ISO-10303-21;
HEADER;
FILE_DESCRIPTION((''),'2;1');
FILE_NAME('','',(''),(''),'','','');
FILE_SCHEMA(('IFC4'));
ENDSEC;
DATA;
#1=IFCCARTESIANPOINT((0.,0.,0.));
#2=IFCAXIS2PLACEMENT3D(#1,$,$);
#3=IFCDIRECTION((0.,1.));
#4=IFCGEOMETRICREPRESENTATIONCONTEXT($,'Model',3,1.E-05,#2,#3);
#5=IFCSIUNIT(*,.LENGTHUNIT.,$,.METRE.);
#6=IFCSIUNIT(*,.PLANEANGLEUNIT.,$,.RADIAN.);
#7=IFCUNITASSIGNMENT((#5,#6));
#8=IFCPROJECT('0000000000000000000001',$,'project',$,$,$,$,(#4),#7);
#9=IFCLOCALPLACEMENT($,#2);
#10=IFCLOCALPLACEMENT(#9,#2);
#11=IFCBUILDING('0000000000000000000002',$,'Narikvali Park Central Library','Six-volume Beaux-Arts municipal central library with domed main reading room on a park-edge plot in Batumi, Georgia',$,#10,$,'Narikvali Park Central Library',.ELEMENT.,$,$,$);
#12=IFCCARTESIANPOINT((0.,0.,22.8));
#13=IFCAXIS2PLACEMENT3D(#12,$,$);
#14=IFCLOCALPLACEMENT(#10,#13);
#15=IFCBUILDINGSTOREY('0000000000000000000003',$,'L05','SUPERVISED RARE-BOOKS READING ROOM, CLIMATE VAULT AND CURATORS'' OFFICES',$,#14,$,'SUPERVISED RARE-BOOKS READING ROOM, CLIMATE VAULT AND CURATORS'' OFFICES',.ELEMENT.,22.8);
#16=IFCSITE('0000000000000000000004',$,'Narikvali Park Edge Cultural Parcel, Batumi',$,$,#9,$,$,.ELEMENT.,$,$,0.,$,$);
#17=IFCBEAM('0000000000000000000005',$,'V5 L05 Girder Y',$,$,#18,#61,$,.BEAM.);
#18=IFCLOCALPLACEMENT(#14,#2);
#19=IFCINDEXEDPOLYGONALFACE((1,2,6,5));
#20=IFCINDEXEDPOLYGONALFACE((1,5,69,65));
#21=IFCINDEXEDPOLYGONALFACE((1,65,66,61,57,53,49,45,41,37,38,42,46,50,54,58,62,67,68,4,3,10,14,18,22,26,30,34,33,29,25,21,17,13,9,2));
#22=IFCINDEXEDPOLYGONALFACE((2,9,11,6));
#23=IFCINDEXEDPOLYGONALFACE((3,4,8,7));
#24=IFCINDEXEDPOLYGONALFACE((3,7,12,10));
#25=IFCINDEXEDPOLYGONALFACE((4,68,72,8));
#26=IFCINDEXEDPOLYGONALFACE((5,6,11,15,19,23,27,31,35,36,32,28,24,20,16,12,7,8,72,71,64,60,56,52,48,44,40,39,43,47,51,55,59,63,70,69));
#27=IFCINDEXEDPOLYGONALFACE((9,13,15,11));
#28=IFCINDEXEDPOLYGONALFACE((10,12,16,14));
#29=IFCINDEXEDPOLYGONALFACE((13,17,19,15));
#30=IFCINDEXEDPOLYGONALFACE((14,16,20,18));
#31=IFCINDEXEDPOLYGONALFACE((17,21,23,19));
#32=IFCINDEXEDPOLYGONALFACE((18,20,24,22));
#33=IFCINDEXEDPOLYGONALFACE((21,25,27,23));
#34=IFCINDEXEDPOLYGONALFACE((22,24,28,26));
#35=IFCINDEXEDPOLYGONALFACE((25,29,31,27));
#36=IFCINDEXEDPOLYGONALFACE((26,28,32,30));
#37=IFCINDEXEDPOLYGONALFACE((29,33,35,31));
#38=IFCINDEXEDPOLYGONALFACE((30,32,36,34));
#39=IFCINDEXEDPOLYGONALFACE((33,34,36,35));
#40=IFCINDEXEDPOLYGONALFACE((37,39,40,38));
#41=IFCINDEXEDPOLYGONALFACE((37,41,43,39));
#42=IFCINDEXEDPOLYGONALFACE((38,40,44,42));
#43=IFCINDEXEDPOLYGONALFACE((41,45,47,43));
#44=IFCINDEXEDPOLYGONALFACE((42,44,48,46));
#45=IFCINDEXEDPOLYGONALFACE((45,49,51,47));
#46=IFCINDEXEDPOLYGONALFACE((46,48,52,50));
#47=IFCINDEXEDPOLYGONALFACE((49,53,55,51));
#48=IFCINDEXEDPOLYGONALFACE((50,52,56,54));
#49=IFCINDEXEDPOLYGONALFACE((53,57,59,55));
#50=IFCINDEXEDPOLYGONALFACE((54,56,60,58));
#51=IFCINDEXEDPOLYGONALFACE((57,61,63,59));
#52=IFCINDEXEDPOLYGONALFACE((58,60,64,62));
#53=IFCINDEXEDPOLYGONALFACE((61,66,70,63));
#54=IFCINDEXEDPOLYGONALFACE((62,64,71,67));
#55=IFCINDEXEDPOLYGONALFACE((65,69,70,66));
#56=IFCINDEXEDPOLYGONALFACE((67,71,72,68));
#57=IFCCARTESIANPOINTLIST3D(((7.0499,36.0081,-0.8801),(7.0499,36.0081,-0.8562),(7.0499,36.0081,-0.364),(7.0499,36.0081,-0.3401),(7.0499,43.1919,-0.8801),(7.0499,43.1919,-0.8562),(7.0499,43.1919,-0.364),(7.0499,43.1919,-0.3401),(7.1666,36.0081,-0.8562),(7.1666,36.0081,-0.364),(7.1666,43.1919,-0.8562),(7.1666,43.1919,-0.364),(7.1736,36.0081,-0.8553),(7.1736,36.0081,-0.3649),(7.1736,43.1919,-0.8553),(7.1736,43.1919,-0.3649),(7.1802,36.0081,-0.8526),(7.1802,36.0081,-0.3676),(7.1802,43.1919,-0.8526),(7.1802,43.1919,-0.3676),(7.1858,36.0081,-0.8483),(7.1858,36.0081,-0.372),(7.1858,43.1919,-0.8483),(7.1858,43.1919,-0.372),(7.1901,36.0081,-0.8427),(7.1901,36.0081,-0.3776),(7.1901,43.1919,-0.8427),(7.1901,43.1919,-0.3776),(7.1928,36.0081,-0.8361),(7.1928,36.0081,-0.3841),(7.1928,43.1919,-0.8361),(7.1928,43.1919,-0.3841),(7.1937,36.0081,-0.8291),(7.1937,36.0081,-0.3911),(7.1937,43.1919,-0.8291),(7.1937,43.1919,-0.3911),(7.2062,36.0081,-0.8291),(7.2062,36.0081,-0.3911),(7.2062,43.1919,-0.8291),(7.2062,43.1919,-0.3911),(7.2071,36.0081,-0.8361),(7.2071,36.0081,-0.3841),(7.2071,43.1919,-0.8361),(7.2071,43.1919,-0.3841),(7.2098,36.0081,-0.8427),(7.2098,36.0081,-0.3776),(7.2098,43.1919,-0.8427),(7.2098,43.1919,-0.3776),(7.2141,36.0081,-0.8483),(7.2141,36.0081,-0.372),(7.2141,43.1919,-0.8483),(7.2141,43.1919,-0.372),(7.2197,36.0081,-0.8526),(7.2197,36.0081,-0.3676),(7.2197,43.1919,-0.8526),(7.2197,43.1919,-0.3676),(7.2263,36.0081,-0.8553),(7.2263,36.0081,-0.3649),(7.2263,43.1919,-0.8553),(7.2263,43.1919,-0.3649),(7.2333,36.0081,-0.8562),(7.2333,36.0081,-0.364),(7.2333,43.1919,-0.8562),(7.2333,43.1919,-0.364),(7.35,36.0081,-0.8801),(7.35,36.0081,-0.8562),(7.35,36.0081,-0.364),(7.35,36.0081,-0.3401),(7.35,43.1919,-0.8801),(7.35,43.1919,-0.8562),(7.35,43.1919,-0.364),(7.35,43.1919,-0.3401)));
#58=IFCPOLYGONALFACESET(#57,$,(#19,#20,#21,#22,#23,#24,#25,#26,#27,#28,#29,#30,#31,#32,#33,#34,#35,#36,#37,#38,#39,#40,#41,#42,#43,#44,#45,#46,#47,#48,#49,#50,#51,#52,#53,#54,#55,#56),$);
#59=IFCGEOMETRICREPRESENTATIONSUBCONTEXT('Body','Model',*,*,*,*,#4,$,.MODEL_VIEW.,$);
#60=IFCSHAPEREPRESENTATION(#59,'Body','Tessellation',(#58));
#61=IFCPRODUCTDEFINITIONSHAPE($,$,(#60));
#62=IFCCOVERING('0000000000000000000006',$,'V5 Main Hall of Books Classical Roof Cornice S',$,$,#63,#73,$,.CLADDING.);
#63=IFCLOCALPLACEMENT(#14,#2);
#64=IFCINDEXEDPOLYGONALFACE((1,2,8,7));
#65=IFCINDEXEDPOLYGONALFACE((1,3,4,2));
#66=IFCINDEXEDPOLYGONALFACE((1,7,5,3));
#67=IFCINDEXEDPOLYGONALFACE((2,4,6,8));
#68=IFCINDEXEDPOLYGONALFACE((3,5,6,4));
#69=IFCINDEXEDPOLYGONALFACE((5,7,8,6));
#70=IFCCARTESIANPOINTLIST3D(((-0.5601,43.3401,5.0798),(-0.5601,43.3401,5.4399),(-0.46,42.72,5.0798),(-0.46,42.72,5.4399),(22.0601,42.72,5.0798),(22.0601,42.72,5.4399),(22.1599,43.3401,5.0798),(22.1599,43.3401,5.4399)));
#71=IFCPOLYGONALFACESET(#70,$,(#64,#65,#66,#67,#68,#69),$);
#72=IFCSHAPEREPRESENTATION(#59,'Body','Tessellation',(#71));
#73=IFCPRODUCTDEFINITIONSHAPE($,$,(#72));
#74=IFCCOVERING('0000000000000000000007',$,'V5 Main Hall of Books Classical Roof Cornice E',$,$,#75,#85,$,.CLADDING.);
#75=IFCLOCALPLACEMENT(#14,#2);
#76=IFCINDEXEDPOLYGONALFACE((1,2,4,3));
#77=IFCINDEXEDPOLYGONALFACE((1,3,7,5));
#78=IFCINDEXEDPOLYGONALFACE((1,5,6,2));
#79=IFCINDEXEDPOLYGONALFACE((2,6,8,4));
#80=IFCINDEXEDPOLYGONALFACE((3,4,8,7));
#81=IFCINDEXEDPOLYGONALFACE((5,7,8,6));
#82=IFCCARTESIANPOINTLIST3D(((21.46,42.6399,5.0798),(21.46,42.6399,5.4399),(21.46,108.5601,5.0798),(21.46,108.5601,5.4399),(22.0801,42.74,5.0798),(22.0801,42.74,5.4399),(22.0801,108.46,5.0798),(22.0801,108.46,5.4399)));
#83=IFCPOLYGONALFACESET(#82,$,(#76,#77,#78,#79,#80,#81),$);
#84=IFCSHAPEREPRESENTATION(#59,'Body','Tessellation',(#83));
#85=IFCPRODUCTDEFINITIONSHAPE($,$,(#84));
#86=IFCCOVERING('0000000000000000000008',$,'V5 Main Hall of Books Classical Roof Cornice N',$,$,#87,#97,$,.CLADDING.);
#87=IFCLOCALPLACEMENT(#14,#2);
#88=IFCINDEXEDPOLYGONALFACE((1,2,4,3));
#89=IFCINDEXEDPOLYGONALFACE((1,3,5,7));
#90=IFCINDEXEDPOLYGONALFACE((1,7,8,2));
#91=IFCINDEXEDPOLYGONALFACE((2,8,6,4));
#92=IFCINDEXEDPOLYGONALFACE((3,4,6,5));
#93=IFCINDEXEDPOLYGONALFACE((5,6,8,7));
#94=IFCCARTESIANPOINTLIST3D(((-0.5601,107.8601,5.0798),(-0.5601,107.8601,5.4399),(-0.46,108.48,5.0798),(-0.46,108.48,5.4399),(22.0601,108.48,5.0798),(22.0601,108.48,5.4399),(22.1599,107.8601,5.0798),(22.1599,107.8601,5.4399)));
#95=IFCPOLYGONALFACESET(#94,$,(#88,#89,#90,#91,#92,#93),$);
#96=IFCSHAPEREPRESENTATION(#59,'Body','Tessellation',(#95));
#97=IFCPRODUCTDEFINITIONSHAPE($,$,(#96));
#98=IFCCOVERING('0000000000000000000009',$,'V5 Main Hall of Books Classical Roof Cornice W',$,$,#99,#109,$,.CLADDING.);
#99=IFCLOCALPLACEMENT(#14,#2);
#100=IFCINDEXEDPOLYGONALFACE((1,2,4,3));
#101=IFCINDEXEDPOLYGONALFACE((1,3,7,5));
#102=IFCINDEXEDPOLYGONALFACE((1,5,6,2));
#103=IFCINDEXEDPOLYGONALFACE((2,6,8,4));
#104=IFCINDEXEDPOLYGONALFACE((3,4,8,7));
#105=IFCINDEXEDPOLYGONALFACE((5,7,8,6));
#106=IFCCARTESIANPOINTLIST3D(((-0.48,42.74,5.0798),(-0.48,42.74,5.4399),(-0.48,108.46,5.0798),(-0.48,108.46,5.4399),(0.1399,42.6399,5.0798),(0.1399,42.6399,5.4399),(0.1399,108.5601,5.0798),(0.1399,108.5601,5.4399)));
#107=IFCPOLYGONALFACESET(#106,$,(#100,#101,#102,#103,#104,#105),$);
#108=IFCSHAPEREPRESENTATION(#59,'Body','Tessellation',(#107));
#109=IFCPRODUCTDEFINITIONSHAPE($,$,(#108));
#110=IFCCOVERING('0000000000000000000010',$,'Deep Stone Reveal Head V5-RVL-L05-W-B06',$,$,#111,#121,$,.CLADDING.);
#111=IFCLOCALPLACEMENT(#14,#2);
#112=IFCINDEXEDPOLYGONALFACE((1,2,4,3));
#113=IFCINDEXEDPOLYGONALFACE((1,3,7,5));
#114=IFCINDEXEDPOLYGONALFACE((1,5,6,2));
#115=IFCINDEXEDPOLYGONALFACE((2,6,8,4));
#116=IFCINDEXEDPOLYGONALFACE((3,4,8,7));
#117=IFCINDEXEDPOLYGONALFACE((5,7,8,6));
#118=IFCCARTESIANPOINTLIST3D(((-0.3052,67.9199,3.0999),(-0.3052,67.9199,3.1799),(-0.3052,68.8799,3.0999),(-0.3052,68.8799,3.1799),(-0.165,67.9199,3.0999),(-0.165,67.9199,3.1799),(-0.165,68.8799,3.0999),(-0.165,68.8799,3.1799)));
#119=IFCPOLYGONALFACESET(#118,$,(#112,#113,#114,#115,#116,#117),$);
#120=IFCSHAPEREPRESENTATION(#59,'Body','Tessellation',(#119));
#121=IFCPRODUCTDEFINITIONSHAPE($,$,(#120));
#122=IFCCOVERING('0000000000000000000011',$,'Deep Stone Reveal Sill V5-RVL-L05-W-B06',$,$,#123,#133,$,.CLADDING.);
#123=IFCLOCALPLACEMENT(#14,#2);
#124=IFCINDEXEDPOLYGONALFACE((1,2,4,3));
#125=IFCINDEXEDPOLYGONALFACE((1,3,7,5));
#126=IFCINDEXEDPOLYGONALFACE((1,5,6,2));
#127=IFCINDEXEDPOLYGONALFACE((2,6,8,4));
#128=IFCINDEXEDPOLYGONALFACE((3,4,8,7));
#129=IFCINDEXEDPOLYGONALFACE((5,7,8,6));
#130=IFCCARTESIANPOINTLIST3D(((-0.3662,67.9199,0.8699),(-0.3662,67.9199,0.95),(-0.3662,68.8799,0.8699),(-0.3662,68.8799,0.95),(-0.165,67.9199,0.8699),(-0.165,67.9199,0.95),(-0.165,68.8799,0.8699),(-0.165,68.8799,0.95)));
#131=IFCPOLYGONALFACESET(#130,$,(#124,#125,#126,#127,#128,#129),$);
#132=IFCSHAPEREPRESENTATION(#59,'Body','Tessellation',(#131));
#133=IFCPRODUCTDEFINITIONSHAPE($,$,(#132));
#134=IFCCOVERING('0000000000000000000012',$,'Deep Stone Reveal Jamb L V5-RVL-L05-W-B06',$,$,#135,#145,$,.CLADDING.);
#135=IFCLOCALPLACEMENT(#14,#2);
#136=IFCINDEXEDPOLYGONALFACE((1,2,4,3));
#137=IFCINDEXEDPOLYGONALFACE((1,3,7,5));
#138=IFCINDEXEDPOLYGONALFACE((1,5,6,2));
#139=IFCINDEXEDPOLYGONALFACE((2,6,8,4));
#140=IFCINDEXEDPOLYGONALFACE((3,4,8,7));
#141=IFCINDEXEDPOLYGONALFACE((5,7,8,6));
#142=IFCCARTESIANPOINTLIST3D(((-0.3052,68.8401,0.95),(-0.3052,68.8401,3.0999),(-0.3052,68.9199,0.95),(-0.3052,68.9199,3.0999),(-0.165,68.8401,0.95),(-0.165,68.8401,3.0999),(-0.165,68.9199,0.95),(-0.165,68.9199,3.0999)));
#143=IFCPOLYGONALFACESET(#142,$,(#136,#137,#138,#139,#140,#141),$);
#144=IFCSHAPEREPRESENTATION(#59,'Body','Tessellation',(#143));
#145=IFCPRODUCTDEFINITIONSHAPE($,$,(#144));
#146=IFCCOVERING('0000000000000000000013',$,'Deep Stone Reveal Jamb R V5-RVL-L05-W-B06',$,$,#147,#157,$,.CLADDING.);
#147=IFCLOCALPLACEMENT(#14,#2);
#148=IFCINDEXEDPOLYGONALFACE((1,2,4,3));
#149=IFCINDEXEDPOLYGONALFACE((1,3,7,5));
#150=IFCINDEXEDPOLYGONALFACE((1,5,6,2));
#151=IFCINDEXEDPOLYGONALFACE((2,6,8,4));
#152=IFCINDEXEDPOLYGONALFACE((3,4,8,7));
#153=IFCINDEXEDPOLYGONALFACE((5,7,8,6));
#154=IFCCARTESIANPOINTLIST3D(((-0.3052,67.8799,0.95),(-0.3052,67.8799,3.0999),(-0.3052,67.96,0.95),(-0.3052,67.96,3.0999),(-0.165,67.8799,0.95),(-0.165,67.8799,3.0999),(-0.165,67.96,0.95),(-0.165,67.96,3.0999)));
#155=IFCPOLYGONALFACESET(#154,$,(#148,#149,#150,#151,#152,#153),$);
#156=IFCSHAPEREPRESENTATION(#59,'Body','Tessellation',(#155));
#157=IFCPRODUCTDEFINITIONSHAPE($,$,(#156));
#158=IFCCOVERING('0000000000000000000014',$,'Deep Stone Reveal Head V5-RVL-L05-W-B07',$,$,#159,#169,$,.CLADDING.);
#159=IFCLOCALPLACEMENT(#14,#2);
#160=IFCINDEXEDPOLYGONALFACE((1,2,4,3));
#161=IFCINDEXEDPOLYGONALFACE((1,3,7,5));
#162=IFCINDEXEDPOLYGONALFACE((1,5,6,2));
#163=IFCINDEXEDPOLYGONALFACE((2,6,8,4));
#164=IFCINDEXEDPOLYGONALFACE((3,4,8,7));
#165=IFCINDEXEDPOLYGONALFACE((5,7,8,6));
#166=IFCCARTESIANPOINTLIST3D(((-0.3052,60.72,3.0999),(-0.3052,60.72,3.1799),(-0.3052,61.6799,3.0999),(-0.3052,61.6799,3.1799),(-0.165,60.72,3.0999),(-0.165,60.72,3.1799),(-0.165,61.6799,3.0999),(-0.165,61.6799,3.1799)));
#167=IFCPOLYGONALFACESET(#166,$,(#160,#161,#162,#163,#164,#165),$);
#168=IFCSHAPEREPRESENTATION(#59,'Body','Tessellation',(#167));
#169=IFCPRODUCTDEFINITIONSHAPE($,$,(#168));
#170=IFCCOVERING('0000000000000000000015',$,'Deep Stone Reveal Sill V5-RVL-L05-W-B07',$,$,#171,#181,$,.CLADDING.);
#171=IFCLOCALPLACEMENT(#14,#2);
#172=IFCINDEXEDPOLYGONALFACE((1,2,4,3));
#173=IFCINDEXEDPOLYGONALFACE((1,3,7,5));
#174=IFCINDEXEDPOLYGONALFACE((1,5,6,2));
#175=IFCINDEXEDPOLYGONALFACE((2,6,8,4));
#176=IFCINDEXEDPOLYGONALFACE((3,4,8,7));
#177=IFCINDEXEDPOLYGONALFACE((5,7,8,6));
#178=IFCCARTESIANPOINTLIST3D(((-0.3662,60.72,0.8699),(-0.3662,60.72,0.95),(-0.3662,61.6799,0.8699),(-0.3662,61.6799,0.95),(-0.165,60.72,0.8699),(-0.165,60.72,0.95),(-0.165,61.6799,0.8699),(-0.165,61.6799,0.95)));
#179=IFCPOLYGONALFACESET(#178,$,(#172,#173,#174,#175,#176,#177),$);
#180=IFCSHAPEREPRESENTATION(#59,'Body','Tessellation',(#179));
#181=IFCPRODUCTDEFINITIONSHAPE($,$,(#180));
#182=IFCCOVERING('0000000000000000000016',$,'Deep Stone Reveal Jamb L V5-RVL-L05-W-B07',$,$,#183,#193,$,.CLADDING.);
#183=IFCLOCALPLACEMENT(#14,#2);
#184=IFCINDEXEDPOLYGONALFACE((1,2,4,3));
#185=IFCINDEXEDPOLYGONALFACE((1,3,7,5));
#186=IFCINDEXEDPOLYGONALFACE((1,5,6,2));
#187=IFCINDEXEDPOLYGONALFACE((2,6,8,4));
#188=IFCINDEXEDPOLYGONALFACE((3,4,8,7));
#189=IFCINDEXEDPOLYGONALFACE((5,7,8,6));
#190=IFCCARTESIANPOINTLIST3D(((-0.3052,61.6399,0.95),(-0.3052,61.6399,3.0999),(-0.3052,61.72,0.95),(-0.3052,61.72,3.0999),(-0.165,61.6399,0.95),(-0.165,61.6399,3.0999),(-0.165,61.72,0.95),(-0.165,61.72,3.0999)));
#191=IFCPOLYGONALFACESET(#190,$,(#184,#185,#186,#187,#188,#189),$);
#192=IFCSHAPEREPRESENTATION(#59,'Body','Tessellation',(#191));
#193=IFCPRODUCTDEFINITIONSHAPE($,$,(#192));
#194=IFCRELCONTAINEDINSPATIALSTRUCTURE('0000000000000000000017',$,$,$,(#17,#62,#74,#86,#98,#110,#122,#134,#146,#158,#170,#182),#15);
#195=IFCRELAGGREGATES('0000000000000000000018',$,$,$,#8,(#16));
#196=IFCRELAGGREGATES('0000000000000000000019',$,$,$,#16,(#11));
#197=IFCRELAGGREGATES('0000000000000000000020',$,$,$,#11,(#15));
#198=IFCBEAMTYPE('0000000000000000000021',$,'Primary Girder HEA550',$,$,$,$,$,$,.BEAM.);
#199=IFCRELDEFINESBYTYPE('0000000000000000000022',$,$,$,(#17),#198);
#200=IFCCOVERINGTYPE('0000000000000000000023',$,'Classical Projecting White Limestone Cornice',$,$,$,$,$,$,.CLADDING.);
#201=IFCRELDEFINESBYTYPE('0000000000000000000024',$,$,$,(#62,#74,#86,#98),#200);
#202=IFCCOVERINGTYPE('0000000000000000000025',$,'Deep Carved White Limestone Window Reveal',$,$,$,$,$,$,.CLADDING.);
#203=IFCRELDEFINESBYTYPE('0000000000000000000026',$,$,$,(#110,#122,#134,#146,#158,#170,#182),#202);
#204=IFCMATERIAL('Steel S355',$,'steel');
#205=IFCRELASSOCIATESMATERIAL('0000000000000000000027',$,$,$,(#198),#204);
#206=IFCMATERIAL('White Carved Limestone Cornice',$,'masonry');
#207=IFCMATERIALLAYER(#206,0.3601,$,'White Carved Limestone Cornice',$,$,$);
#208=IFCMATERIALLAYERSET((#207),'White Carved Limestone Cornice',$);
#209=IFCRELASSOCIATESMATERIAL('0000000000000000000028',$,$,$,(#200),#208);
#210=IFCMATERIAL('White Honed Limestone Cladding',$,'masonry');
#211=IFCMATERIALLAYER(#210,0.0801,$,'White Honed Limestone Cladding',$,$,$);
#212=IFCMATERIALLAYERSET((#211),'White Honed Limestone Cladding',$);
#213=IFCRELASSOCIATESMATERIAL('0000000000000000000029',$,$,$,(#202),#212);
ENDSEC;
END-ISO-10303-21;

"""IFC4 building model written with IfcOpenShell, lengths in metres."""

from ifc_helpers import new_model, si_unit, direction, frame, origin, origin_2d, place, context, subcontext, project, spatial, polyline, i_section, outline, extrude, material, layer, layer_set, material_profile, profile_set, type_object, element, save


model = new_model("IFC4")

# Units and contexts
model_context = context("Model", 3, precision=1e-05, world=origin(), true_north=direction((0.0, 1.0)))
body_context = subcontext(model_context, "Body", "Model", "MODEL_VIEW")
ifc_project = project(units=[si_unit("LENGTHUNIT", "METRE"), si_unit("PLANEANGLEUNIT", "RADIAN")], contexts=[model_context])

# Site, building, storey
site_placement = place(None, origin())
site = spatial("IfcSite", under=ifc_project, at=site_placement, Name="Narikvali Park Edge Cultural Parcel, Batumi", CompositionType="ELEMENT", RefElevation=0.0)
building_placement = place(site_placement, origin())
building = spatial("IfcBuilding", under=site, at=building_placement, Name="Narikvali Park Central Library", Description="Six-volume Beaux-Arts municipal central library with domed main reading room on a park-edge plot in Batumi, Georgia", LongName="Narikvali Park Central Library", CompositionType="ELEMENT")
storey_placement = place(building_placement, frame((0.0, 0.0, 22.8)))
storey = spatial("IfcBuildingStorey", under=building, at=storey_placement, Name="L05", Description="SUPERVISED RARE-BOOKS READING ROOM, CLIMATE VAULT AND CURATORS' OFFICES", LongName="SUPERVISED RARE-BOOKS READING ROOM, CLIMATE VAULT AND CURATORS' OFFICES", CompositionType="ELEMENT", Elevation=22.8)

# Beam
ifc_material_1 = material(Name="Steel S355", Category="steel")
ifc_material_profile_1 = material_profile(ifc_material_1, i_section(OverallWidth=0.3, OverallDepth=0.54, WebThickness=0.0125, FlangeThickness=0.0239, FilletRadius=0.0271, at=origin_2d()), Name="HEA 550")
ifc_profile_set_1 = profile_set([ifc_material_profile_1], Name="Steel S355")
beam_type_1 = type_object("IfcBeamType", Name="Primary Girder HEA550", PredefinedType="BEAM", material=ifc_profile_set_1)
beam_1_placement = place(storey_placement, frame((7.2, 36.0081, -0.6101), z_axis=(0.0, 1.0, 0.0), x_axis=(-1.0, 0.0, 0.0)))
element("IfcBeam", 1, at=beam_1_placement, inside=storey, type_object=beam_type_1, Name="V5 L05 Girder Y", PredefinedType="BEAM", context=body_context, shape_type="SweptSolid", body=[
    extrude(i_section(OverallWidth=0.3, OverallDepth=0.54, WebThickness=0.0125, FlangeThickness=0.0239, FilletRadius=0.0271, at=origin_2d()), origin(), (0.0, 0.0, 1.0), 7.1838),
])

# Coverings
ifc_material_2 = material(Name="White Carved Limestone Cornice", Category="masonry")
ifc_layer_1 = layer(ifc_material_2, 0.3601, Name="White Carved Limestone Cornice")
ifc_layer_set_1 = layer_set([ifc_layer_1], Name="White Carved Limestone Cornice")
covering_type_1 = type_object("IfcCoveringType", Name="Classical Projecting White Limestone Cornice", PredefinedType="CLADDING", material=ifc_layer_set_1)
covering_1_placement = place(storey_placement, frame((0.0, 0.0, 5.0798)))
element("IfcCovering", 2, at=covering_1_placement, inside=storey, type_object=covering_type_1, Name="V5 Main Hall of Books Classical Roof Cornice S", PredefinedType="CLADDING", context=body_context, shape_type="SweptSolid", body=[
    extrude(outline(polyline([(-0.5601, 43.3401), (22.1599, 43.3401), (22.0601, 42.72), (-0.46, 42.72), (-0.5601, 43.3401)])), origin(), (0.0, 0.0, 1.0), 0.3601),
])
covering_2_placement = place(storey_placement, frame((0.0, 0.0, 5.0798)))
element("IfcCovering", 3, at=covering_2_placement, inside=storey, type_object=covering_type_1, Name="V5 Main Hall of Books Classical Roof Cornice E", PredefinedType="CLADDING", context=body_context, shape_type="SweptSolid", body=[
    extrude(outline(polyline([(21.46, 42.6399), (21.46, 108.5601), (22.0801, 108.46), (22.0801, 42.74), (21.46, 42.6399)])), origin(), (0.0, 0.0, 1.0), 0.3601),
])
covering_3_placement = place(storey_placement, frame((0.0, 0.0, 5.0798)))
element("IfcCovering", 4, at=covering_3_placement, inside=storey, type_object=covering_type_1, Name="V5 Main Hall of Books Classical Roof Cornice N", PredefinedType="CLADDING", context=body_context, shape_type="SweptSolid", body=[
    extrude(outline(polyline([(22.1599, 107.8601), (-0.5601, 107.8601), (-0.46, 108.48), (22.0601, 108.48), (22.1599, 107.8601)])), origin(), (0.0, 0.0, 1.0), 0.3601),
])
covering_4_placement = place(storey_placement, frame((0.0, 0.0, 5.0798)))
element("IfcCovering", 5, at=covering_4_placement, inside=storey, type_object=covering_type_1, Name="V5 Main Hall of Books Classical Roof Cornice W", PredefinedType="CLADDING", context=body_context, shape_type="SweptSolid", body=[
    extrude(outline(polyline([(0.1399, 108.5601), (0.1399, 42.6399), (-0.48, 42.74), (-0.48, 108.46), (0.1399, 108.5601)])), origin(), (0.0, 0.0, 1.0), 0.3601),
])
ifc_material_3 = material(Name="White Honed Limestone Cladding", Category="masonry")
ifc_layer_2 = layer(ifc_material_3, 0.0801, Name="White Honed Limestone Cladding")
ifc_layer_set_2 = layer_set([ifc_layer_2], Name="White Honed Limestone Cladding")
covering_type_2 = type_object("IfcCoveringType", Name="Deep Carved White Limestone Window Reveal", PredefinedType="CLADDING", material=ifc_layer_set_2)
covering_5_placement = place(storey_placement, frame((0.0, 0.0, 3.0999)))
element("IfcCovering", 6, at=covering_5_placement, inside=storey, type_object=covering_type_2, Name="Deep Stone Reveal Head V5-RVL-L05-W-B06", PredefinedType="CLADDING", context=body_context, shape_type="SweptSolid", body=[
    extrude(outline(polyline([(-0.165, 68.8799), (-0.165, 67.9199), (-0.3052, 67.9199), (-0.3052, 68.8799), (-0.165, 68.8799)])), origin(), (0.0, 0.0, 1.0), 0.0801),
])
covering_6_placement = place(storey_placement, frame((0.0, 0.0, 0.8699)))
element("IfcCovering", 7, at=covering_6_placement, inside=storey, type_object=covering_type_2, Name="Deep Stone Reveal Sill V5-RVL-L05-W-B06", PredefinedType="CLADDING", context=body_context, shape_type="SweptSolid", body=[
    extrude(outline(polyline([(-0.165, 68.8799), (-0.165, 67.9199), (-0.3662, 67.9199), (-0.3662, 68.8799), (-0.165, 68.8799)])), origin(), (0.0, 0.0, 1.0), 0.0801),
])
covering_7_placement = place(storey_placement, frame((0.0, 0.0, 0.95)))
element("IfcCovering", 8, at=covering_7_placement, inside=storey, type_object=covering_type_2, Name="Deep Stone Reveal Jamb L V5-RVL-L05-W-B06", PredefinedType="CLADDING", context=body_context, shape_type="SweptSolid", body=[
    extrude(outline(polyline([(-0.165, 68.9199), (-0.165, 68.8401), (-0.3052, 68.8401), (-0.3052, 68.9199), (-0.165, 68.9199)])), origin(), (0.0, 0.0, 1.0), 2.1499),
])
covering_8_placement = place(storey_placement, frame((0.0, 0.0, 0.95)))
element("IfcCovering", 9, at=covering_8_placement, inside=storey, type_object=covering_type_2, Name="Deep Stone Reveal Jamb R V5-RVL-L05-W-B06", PredefinedType="CLADDING", context=body_context, shape_type="SweptSolid", body=[
    extrude(outline(polyline([(-0.165, 67.96), (-0.165, 67.8799), (-0.3052, 67.8799), (-0.3052, 67.96), (-0.165, 67.96)])), origin(), (0.0, 0.0, 1.0), 2.1499),
])
covering_9_placement = place(storey_placement, frame((0.0, 0.0, 3.0999)))
element("IfcCovering", 10, at=covering_9_placement, inside=storey, type_object=covering_type_2, Name="Deep Stone Reveal Head V5-RVL-L05-W-B07", PredefinedType="CLADDING", context=body_context, shape_type="SweptSolid", body=[
    extrude(outline(polyline([(-0.165, 61.6799), (-0.165, 60.72), (-0.3052, 60.72), (-0.3052, 61.6799), (-0.165, 61.6799)])), origin(), (0.0, 0.0, 1.0), 0.0801),
])
covering_10_placement = place(storey_placement, frame((0.0, 0.0, 0.8699)))
element("IfcCovering", 11, at=covering_10_placement, inside=storey, type_object=covering_type_2, Name="Deep Stone Reveal Sill V5-RVL-L05-W-B07", PredefinedType="CLADDING", context=body_context, shape_type="SweptSolid", body=[
    extrude(outline(polyline([(-0.165, 61.6799), (-0.165, 60.72), (-0.3662, 60.72), (-0.3662, 61.6799), (-0.165, 61.6799)])), origin(), (0.0, 0.0, 1.0), 0.0801),
])
covering_11_placement = place(storey_placement, frame((0.0, 0.0, 0.95)))
element("IfcCovering", 12, at=covering_11_placement, inside=storey, type_object=covering_type_2, Name="Deep Stone Reveal Jamb L V5-RVL-L05-W-B07", PredefinedType="CLADDING", context=body_context, shape_type="SweptSolid", body=[
    extrude(outline(polyline([(-0.165, 61.72), (-0.165, 61.6399), (-0.3052, 61.6399), (-0.3052, 61.72), (-0.165, 61.72)])), origin(), (0.0, 0.0, 1.0), 2.1499),
])

save(model, "model.ifc")
